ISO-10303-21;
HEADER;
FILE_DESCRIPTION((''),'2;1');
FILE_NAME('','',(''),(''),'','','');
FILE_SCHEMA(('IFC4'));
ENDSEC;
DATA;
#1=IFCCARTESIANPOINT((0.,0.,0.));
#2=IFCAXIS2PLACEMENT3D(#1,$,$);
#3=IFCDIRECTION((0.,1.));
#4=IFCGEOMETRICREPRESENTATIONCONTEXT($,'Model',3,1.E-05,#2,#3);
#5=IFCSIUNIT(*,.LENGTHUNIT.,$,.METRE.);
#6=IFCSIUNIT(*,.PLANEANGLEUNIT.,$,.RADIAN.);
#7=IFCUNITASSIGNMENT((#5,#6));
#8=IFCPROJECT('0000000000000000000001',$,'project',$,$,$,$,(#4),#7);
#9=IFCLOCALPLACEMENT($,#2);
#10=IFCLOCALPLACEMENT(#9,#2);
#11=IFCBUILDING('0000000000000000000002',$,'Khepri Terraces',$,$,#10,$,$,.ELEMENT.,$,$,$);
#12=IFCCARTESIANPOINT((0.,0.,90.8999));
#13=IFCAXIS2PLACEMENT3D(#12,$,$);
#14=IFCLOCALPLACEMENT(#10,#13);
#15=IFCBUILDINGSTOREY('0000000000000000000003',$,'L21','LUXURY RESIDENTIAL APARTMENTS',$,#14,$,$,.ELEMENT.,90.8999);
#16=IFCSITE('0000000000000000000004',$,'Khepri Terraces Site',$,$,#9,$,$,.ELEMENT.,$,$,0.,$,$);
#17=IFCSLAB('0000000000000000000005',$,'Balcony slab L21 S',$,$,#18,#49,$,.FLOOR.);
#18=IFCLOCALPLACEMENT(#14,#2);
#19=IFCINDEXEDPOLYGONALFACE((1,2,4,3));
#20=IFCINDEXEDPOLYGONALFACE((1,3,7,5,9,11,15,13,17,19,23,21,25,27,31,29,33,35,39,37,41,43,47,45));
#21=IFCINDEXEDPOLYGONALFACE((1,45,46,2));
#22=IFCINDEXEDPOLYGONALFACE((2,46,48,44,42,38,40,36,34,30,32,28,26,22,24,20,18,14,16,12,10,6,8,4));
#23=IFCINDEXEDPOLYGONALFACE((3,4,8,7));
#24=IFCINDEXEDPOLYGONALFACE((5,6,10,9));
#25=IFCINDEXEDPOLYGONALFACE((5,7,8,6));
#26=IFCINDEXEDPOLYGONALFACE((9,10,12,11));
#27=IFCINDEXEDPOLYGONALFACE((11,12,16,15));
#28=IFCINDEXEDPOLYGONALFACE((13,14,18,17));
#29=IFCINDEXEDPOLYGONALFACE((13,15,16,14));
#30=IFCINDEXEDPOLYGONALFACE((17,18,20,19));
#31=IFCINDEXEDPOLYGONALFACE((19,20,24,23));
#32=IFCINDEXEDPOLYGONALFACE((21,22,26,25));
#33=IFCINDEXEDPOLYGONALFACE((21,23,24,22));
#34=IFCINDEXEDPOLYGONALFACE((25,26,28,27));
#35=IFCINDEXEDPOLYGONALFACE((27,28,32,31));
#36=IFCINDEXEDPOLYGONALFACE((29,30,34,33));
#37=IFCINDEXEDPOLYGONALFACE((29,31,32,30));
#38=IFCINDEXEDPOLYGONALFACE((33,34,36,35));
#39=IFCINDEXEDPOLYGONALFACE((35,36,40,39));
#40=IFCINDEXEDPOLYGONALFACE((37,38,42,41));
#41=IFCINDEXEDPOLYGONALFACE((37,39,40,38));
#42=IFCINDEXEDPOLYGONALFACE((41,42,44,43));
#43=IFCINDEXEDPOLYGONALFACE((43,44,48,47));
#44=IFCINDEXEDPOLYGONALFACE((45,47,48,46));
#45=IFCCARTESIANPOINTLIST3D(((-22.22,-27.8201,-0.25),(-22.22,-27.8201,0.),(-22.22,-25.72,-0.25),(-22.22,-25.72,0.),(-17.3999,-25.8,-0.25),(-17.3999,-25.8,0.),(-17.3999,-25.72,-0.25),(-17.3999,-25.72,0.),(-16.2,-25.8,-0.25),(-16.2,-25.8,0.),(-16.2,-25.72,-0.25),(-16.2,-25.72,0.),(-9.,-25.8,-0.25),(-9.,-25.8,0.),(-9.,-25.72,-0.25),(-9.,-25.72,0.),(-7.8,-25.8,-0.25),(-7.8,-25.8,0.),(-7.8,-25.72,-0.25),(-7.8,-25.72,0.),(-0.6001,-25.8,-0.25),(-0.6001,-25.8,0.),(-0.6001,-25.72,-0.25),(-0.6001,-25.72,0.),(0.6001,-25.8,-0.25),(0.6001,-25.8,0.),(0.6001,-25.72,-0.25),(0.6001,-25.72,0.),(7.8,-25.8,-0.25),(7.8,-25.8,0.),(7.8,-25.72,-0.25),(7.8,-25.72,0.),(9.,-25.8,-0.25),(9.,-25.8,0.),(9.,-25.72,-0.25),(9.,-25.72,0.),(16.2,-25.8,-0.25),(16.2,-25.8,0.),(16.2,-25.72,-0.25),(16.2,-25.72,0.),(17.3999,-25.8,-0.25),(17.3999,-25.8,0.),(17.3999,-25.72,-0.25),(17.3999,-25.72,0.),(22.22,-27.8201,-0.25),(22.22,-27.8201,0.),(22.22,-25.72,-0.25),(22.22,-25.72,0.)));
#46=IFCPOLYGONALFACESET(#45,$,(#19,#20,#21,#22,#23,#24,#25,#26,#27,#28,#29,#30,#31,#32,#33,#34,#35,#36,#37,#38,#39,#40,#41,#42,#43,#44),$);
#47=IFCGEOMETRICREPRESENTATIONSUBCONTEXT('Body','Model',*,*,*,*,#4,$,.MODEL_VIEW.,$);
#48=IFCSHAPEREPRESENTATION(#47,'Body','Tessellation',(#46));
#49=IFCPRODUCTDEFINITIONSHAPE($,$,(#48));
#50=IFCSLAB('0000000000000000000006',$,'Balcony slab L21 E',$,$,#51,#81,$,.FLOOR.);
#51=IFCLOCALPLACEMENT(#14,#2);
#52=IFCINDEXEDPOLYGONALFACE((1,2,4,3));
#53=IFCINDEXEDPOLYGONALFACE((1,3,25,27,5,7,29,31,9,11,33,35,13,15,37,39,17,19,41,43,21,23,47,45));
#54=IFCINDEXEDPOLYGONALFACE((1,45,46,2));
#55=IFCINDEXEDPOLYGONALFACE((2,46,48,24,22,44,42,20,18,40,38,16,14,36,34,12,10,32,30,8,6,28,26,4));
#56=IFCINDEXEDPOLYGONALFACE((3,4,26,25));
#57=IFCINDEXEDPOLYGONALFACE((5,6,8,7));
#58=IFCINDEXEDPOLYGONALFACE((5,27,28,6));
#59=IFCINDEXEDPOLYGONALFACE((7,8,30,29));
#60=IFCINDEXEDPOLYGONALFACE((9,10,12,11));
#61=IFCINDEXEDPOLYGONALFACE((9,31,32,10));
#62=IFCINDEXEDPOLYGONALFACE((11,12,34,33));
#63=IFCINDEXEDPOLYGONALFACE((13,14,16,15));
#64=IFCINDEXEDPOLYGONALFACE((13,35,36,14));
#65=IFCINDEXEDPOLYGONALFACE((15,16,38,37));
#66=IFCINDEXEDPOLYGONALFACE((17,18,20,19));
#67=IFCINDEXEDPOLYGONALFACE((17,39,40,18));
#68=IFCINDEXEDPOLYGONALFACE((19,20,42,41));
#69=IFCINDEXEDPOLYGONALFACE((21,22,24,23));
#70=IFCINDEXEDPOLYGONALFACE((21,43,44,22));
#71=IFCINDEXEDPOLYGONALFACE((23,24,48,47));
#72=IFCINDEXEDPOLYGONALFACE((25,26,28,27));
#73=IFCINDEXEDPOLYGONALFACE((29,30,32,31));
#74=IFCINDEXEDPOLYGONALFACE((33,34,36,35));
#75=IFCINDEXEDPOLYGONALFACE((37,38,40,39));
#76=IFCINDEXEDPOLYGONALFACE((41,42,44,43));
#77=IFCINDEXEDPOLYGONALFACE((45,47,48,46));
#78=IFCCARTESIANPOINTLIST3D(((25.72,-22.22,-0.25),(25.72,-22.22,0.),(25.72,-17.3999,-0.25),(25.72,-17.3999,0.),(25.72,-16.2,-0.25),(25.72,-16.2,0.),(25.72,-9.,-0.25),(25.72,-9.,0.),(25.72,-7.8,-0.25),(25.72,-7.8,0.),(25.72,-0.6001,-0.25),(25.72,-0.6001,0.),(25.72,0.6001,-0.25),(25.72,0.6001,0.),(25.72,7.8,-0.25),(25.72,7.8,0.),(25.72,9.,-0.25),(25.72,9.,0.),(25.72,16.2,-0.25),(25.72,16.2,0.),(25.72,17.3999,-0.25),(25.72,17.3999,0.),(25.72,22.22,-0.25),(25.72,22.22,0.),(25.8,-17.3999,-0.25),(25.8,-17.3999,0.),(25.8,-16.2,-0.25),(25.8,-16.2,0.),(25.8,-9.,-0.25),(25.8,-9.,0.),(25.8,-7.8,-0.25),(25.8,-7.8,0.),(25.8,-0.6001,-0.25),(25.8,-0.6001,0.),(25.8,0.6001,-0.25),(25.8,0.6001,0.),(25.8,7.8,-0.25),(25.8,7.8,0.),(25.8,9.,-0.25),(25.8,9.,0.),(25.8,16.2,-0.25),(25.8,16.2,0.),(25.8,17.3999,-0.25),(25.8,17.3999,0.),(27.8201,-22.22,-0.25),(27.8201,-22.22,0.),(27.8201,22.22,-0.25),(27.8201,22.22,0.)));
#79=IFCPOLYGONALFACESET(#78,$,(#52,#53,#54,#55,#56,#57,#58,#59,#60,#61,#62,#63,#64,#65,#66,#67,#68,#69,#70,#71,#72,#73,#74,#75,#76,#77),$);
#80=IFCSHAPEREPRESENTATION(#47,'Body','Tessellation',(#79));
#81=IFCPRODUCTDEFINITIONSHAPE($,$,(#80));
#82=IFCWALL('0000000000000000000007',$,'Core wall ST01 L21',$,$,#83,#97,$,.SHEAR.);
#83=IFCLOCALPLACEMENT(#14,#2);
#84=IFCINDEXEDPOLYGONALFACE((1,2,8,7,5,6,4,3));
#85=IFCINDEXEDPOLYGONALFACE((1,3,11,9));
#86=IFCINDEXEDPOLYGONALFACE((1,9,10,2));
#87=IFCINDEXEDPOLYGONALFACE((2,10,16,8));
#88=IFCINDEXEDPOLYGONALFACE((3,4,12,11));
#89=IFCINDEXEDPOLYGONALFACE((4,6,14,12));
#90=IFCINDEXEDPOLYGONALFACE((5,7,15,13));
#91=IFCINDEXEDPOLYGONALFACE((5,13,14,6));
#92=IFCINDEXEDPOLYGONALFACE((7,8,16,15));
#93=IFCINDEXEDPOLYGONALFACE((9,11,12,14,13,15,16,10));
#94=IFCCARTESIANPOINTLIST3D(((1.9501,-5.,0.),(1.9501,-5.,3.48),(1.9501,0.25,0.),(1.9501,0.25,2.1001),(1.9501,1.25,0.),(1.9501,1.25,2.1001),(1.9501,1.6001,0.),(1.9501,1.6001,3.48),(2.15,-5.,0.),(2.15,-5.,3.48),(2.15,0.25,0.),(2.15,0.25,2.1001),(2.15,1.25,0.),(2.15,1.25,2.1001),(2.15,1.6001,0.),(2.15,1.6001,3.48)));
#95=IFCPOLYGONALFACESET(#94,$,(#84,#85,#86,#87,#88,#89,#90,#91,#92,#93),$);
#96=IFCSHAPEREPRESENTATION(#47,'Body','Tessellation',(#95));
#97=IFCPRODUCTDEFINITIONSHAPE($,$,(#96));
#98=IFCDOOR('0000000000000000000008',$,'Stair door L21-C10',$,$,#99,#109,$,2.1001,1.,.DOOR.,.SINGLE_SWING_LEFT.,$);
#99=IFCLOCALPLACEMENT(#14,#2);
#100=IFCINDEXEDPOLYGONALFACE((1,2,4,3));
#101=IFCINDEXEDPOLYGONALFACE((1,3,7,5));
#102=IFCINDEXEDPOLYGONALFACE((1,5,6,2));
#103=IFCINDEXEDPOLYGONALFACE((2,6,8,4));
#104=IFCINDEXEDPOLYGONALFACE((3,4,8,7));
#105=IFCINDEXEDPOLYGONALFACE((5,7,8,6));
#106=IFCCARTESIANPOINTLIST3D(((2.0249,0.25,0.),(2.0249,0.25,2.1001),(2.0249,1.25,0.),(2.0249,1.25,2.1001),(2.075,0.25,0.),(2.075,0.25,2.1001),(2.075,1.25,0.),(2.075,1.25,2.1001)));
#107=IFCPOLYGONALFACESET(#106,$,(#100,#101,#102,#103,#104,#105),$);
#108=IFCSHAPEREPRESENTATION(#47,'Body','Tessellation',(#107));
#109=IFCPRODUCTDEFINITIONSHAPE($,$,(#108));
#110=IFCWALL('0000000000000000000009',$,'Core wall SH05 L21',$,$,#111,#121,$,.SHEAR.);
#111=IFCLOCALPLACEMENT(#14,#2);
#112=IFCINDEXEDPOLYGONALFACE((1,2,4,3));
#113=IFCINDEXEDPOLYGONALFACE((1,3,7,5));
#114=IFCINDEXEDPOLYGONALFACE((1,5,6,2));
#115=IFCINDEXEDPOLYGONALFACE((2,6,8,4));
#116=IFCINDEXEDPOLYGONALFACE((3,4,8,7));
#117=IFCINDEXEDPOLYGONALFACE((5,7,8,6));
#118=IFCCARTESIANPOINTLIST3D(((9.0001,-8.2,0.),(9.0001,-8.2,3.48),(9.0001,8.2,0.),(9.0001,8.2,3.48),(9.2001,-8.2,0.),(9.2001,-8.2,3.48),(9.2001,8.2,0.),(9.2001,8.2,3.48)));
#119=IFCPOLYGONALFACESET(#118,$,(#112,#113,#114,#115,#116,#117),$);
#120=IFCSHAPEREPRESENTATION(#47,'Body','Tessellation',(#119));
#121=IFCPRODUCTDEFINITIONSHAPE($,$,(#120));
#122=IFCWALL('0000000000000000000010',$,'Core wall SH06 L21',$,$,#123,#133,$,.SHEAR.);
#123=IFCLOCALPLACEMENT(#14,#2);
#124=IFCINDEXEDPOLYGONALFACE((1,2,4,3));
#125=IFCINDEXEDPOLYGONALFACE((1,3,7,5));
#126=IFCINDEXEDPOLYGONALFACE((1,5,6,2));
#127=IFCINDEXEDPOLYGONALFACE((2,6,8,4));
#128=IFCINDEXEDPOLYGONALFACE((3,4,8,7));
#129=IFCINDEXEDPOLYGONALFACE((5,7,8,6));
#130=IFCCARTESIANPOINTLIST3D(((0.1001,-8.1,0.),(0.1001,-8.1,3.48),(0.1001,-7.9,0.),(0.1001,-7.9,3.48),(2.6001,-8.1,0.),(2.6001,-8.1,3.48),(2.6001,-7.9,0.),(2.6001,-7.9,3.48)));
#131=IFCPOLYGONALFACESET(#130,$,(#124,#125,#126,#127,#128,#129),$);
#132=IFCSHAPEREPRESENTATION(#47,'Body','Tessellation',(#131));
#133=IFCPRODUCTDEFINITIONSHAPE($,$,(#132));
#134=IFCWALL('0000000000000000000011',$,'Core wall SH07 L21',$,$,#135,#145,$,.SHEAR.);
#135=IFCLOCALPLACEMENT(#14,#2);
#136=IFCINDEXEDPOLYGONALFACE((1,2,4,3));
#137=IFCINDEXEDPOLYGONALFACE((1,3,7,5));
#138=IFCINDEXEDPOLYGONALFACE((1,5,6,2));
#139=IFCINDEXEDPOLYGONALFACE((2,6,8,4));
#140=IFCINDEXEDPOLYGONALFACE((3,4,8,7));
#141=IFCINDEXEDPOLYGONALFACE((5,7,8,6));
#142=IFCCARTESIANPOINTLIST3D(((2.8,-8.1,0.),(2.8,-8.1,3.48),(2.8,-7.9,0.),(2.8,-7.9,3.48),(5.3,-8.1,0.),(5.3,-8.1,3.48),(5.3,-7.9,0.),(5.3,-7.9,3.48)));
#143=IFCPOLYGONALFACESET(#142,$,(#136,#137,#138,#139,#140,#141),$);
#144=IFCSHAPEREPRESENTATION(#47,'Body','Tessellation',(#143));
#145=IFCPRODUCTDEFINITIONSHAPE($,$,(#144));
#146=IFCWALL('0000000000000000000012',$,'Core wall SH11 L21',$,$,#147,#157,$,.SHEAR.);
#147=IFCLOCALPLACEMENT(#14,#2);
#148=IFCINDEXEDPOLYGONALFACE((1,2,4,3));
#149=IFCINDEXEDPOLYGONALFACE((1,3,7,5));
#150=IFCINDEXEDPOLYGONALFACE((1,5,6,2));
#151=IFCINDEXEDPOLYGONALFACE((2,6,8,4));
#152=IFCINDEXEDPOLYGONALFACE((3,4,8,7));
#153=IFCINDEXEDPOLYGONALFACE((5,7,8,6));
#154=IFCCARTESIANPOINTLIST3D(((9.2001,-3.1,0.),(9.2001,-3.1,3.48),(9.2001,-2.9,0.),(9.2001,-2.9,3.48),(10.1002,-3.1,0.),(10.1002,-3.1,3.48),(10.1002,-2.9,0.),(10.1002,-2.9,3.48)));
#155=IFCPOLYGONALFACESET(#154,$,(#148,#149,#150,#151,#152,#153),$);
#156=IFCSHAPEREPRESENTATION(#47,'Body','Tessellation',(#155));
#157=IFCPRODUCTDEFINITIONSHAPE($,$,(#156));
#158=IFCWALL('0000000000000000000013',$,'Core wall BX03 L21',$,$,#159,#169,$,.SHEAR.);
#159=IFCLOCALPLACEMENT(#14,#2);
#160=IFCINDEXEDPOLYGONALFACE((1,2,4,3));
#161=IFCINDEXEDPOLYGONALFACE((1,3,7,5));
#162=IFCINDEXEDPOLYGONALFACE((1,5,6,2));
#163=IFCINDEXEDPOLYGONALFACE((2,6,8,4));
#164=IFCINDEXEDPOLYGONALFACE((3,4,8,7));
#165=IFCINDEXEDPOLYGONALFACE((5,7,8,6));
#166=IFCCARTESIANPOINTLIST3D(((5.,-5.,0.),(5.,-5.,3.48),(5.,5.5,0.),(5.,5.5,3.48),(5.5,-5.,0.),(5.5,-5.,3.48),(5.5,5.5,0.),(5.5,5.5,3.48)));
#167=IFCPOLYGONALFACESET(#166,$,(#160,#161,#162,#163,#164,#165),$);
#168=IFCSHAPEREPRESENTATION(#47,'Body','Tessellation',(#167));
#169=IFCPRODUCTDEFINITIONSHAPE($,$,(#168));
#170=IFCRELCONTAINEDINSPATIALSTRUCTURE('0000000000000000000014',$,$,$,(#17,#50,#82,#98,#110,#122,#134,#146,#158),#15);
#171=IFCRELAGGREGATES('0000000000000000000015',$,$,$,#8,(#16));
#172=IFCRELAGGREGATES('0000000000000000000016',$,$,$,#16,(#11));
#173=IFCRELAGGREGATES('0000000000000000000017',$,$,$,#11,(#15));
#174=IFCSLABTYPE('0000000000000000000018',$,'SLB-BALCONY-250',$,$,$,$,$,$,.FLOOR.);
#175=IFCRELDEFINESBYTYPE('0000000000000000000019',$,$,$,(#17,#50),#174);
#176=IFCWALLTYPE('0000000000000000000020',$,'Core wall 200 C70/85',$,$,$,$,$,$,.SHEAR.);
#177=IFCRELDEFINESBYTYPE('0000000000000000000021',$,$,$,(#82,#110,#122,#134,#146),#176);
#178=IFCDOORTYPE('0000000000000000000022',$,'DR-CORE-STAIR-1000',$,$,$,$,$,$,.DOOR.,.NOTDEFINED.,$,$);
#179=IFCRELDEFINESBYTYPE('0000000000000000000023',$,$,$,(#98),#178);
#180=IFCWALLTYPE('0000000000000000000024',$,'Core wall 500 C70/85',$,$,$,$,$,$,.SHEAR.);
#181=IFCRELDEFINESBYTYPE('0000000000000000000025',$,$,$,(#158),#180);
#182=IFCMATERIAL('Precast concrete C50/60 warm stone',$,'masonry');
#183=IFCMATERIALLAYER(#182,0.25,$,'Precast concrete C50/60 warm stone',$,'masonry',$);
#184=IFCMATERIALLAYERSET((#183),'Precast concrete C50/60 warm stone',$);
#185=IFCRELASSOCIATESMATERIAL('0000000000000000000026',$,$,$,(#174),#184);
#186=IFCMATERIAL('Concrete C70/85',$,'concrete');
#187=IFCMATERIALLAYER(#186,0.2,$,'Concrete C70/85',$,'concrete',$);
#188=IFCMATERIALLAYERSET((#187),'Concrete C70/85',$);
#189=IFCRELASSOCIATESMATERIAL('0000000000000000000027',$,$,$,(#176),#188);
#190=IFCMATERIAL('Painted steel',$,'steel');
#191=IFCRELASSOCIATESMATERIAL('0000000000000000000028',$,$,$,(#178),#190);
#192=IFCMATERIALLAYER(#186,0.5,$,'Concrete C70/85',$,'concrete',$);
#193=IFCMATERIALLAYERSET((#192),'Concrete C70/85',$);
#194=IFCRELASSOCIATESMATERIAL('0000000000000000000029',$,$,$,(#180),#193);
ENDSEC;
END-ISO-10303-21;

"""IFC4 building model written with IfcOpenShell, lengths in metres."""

from ifc_helpers import new_model, si_unit, direction, frame, frame_2d, origin, place, context, subcontext, project, spatial, polyline, rectangle, outline, extrude, material, layer, layer_set, type_object, element, fill, save


model = new_model("IFC4")

# Units and contexts
model_context = context("Model", 3, precision=1e-05, world=origin(), true_north=direction((0.0, 1.0)))
body_context = subcontext(model_context, "Body", "Model", "MODEL_VIEW")
ifc_project = project(units=[si_unit("LENGTHUNIT", "METRE"), si_unit("PLANEANGLEUNIT", "RADIAN")], contexts=[model_context])

# Site, building, storey
site_placement = place(None, origin())
site = spatial("IfcSite", under=ifc_project, at=site_placement, Name="Khepri Terraces Site", CompositionType="ELEMENT", RefElevation=0.0)
building_placement = place(site_placement, origin())
building = spatial("IfcBuilding", under=site, at=building_placement, Name="Khepri Terraces", CompositionType="ELEMENT")
storey_placement = place(building_placement, frame((0.0, 0.0, 90.8999)))
storey = spatial("IfcBuildingStorey", under=building, at=storey_placement, Name="L21", Description="LUXURY RESIDENTIAL APARTMENTS", CompositionType="ELEMENT", Elevation=90.8999)

# Slabs
ifc_material_1 = material(Name="Precast concrete C50/60 warm stone", Category="masonry")
ifc_layer_1 = layer(ifc_material_1, 0.25, Name="Precast concrete C50/60 warm stone", Category="masonry")
ifc_layer_set_1 = layer_set([ifc_layer_1], Name="Precast concrete C50/60 warm stone")
slab_type = type_object("IfcSlabType", Name="SLB-BALCONY-250", PredefinedType="FLOOR", material=ifc_layer_set_1)
slab_1_placement = place(storey_placement, frame((0.0, 0.0, -0.25)))
element("IfcSlab", 1, at=slab_1_placement, inside=storey, type_object=slab_type, Name="Balcony slab L21 S", PredefinedType="FLOOR", context=body_context, shape_type="SweptSolid", body=[
    extrude(outline(polyline([(-17.3999, -25.72), (-22.22, -25.72), (-22.22, -27.8201), (22.22, -27.8201), (22.22, -25.72), (17.3999, -25.72), (17.3999, -25.8), (16.2, -25.8), (16.2, -25.72), (9.0, -25.72), (9.0, -25.8), (7.8, -25.8), (7.8, -25.72), (0.6001, -25.72), (0.6001, -25.8), (-0.6001, -25.8), (-0.6001, -25.72), (-7.8, -25.72), (-7.8, -25.8), (-9.0, -25.8), (-9.0, -25.72), (-16.2, -25.72), (-16.2, -25.8), (-17.3999, -25.8), (-17.3999, -25.72)])), origin(), (0.0, 0.0, 1.0), 0.25),
])
slab_2_placement = place(storey_placement, frame((0.0, 0.0, -0.25)))
element("IfcSlab", 2, at=slab_2_placement, inside=storey, type_object=slab_type, Name="Balcony slab L21 E", PredefinedType="FLOOR", context=body_context, shape_type="SweptSolid", body=[
    extrude(outline(polyline([(25.72, -17.3999), (25.72, -22.22), (27.8201, -22.22), (27.8201, 22.22), (25.72, 22.22), (25.72, 17.3999), (25.8, 17.3999), (25.8, 16.2), (25.72, 16.2), (25.72, 9.0), (25.8, 9.0), (25.8, 7.8), (25.72, 7.8), (25.72, 0.6001), (25.8, 0.6001), (25.8, -0.6001), (25.72, -0.6001), (25.72, -7.8), (25.8, -7.8), (25.8, -9.0), (25.72, -9.0), (25.72, -16.2), (25.8, -16.2), (25.8, -17.3999), (25.72, -17.3999)])), origin(), (0.0, 0.0, 1.0), 0.25),
])

# Wall, opening, door
ifc_material_2 = material(Name="Concrete C70/85", Category="concrete")
ifc_layer_2 = layer(ifc_material_2, 0.2, Name="Concrete C70/85", Category="concrete")
ifc_layer_set_2 = layer_set([ifc_layer_2], Name="Concrete C70/85")
wall_type_1 = type_object("IfcWallType", Name="Core wall 200 C70/85", PredefinedType="SHEAR", material=ifc_layer_set_2)
wall_1_placement = place(storey_placement, frame((2.05, -5.0, 0.0), z_axis=(0.0, 0.0, 1.0), x_axis=(0.0, 1.0, 0.0)))
wall_1 = element("IfcWall", 3, at=wall_1_placement, inside=storey, type_object=wall_type_1, Name="Core wall ST01 L21", PredefinedType="SHEAR", context=body_context, shape_type="SweptSolid", body=[
    extrude(rectangle(XDim=6.6001, YDim=0.2, at=frame_2d((3.3, 0.0))), origin(), (0.0, 0.0, 1.0), 3.48),
])
opening_1_placement = place(wall_1_placement, frame((5.25, 0.0, 0.0)))
opening_1 = element("IfcOpeningElement", 4, at=opening_1_placement, cuts=wall_1, PredefinedType="OPENING", context=body_context, shape_type="SweptSolid", body=[
    extrude(rectangle(XDim=1.0, YDim=2.1001, at=frame_2d((0.5, 1.05))), frame((0.0, 0.1099, 0.0), z_axis=(0.0, -1.0, 0.0), x_axis=(1.0, 0.0, 0.0)), (0.0, 0.0, 1.0), 0.22),
])
ifc_material_3 = material(Name="Painted steel", Category="steel")
door_type_1 = type_object("IfcDoorType", Name="DR-CORE-STAIR-1000", OperationType="NOTDEFINED", PredefinedType="DOOR", material=ifc_material_3)
door_1_placement = place(opening_1_placement, frame((1.0, 0.0, 0.0), z_axis=(0.0, 0.0, 1.0), x_axis=(-1.0, 0.0, 0.0)))
door_1 = element("IfcDoor", 5, at=door_1_placement, inside=storey, type_object=door_type_1, Name="Stair door L21-C10", OperationType="SINGLE_SWING_LEFT", OverallHeight=2.1001, OverallWidth=1.0, PredefinedType="DOOR", context=body_context, shape_type="SweptSolid", body=[
    extrude(rectangle(XDim=1.0, YDim=2.1001, at=frame_2d((0.5, 1.05))), frame((0.0, 0.0249, 0.0), z_axis=(0.0, -1.0, 0.0), x_axis=(1.0, 0.0, 0.0)), (0.0, 0.0, 1.0), 0.05),
])
fill(opening_1, door_1)

# Walls
wall_2_placement = place(storey_placement, frame((9.1001, -8.2, 0.0), z_axis=(0.0, 0.0, 1.0), x_axis=(0.0, 1.0, 0.0)))
element("IfcWall", 6, at=wall_2_placement, inside=storey, type_object=wall_type_1, Name="Core wall SH05 L21", PredefinedType="SHEAR", context=body_context, shape_type="SweptSolid", body=[
    extrude(rectangle(XDim=16.3999, YDim=0.2, at=frame_2d((8.2, 0.0))), origin(), (0.0, 0.0, 1.0), 3.48),
])
for number, where, z_axis, x_axis, name in (
    (7, (0.1001, -8.0, 0.0), (0.0, 0.0, 1.0), (1.0, 0.0, 0.0), "Core wall SH06 L21"),
    (8, (2.8, -8.0, 0.0), (0.0, 0.0, 1.0), (1.0, 0.0, 0.0), "Core wall SH07 L21"),
):
    element("IfcWall", number, at=place(storey_placement, frame(where, z_axis=z_axis, x_axis=x_axis)), inside=storey, type_object=wall_type_1, Name=name, PredefinedType="SHEAR", context=body_context, shape_type="SweptSolid", body=[
        extrude(rectangle(XDim=2.5, YDim=0.2, at=frame_2d((1.25, 0.0))), origin(), (0.0, 0.0, 1.0), 3.48),
    ])
wall_3_placement = place(storey_placement, frame((9.2, -3.0, 0.0), z_axis=(0.0, 0.0, 1.0), x_axis=(1.0, 0.0, 0.0)))
element("IfcWall", 9, at=wall_3_placement, inside=storey, type_object=wall_type_1, Name="Core wall SH11 L21", PredefinedType="SHEAR", context=body_context, shape_type="SweptSolid", body=[
    extrude(rectangle(XDim=0.9001, YDim=0.2, at=frame_2d((0.4502, 0.0))), origin(), (0.0, 0.0, 1.0), 3.48),
])
ifc_layer_3 = layer(ifc_material_2, 0.5, Name="Concrete C70/85", Category="concrete")
ifc_layer_set_3 = layer_set([ifc_layer_3], Name="Concrete C70/85")
wall_type_2 = type_object("IfcWallType", Name="Core wall 500 C70/85", PredefinedType="SHEAR", material=ifc_layer_set_3)
wall_4_placement = place(storey_placement, frame((5.25, -5.0, 0.0), z_axis=(0.0, 0.0, 1.0), x_axis=(0.0, 1.0, 0.0)))
element("IfcWall", 10, at=wall_4_placement, inside=storey, type_object=wall_type_2, Name="Core wall BX03 L21", PredefinedType="SHEAR", context=body_context, shape_type="SweptSolid", body=[
    extrude(rectangle(XDim=10.5, YDim=0.5, at=frame_2d((5.25, 0.0))), origin(), (0.0, 0.0, 1.0), 3.48),
])

save(model, "model.ifc")
